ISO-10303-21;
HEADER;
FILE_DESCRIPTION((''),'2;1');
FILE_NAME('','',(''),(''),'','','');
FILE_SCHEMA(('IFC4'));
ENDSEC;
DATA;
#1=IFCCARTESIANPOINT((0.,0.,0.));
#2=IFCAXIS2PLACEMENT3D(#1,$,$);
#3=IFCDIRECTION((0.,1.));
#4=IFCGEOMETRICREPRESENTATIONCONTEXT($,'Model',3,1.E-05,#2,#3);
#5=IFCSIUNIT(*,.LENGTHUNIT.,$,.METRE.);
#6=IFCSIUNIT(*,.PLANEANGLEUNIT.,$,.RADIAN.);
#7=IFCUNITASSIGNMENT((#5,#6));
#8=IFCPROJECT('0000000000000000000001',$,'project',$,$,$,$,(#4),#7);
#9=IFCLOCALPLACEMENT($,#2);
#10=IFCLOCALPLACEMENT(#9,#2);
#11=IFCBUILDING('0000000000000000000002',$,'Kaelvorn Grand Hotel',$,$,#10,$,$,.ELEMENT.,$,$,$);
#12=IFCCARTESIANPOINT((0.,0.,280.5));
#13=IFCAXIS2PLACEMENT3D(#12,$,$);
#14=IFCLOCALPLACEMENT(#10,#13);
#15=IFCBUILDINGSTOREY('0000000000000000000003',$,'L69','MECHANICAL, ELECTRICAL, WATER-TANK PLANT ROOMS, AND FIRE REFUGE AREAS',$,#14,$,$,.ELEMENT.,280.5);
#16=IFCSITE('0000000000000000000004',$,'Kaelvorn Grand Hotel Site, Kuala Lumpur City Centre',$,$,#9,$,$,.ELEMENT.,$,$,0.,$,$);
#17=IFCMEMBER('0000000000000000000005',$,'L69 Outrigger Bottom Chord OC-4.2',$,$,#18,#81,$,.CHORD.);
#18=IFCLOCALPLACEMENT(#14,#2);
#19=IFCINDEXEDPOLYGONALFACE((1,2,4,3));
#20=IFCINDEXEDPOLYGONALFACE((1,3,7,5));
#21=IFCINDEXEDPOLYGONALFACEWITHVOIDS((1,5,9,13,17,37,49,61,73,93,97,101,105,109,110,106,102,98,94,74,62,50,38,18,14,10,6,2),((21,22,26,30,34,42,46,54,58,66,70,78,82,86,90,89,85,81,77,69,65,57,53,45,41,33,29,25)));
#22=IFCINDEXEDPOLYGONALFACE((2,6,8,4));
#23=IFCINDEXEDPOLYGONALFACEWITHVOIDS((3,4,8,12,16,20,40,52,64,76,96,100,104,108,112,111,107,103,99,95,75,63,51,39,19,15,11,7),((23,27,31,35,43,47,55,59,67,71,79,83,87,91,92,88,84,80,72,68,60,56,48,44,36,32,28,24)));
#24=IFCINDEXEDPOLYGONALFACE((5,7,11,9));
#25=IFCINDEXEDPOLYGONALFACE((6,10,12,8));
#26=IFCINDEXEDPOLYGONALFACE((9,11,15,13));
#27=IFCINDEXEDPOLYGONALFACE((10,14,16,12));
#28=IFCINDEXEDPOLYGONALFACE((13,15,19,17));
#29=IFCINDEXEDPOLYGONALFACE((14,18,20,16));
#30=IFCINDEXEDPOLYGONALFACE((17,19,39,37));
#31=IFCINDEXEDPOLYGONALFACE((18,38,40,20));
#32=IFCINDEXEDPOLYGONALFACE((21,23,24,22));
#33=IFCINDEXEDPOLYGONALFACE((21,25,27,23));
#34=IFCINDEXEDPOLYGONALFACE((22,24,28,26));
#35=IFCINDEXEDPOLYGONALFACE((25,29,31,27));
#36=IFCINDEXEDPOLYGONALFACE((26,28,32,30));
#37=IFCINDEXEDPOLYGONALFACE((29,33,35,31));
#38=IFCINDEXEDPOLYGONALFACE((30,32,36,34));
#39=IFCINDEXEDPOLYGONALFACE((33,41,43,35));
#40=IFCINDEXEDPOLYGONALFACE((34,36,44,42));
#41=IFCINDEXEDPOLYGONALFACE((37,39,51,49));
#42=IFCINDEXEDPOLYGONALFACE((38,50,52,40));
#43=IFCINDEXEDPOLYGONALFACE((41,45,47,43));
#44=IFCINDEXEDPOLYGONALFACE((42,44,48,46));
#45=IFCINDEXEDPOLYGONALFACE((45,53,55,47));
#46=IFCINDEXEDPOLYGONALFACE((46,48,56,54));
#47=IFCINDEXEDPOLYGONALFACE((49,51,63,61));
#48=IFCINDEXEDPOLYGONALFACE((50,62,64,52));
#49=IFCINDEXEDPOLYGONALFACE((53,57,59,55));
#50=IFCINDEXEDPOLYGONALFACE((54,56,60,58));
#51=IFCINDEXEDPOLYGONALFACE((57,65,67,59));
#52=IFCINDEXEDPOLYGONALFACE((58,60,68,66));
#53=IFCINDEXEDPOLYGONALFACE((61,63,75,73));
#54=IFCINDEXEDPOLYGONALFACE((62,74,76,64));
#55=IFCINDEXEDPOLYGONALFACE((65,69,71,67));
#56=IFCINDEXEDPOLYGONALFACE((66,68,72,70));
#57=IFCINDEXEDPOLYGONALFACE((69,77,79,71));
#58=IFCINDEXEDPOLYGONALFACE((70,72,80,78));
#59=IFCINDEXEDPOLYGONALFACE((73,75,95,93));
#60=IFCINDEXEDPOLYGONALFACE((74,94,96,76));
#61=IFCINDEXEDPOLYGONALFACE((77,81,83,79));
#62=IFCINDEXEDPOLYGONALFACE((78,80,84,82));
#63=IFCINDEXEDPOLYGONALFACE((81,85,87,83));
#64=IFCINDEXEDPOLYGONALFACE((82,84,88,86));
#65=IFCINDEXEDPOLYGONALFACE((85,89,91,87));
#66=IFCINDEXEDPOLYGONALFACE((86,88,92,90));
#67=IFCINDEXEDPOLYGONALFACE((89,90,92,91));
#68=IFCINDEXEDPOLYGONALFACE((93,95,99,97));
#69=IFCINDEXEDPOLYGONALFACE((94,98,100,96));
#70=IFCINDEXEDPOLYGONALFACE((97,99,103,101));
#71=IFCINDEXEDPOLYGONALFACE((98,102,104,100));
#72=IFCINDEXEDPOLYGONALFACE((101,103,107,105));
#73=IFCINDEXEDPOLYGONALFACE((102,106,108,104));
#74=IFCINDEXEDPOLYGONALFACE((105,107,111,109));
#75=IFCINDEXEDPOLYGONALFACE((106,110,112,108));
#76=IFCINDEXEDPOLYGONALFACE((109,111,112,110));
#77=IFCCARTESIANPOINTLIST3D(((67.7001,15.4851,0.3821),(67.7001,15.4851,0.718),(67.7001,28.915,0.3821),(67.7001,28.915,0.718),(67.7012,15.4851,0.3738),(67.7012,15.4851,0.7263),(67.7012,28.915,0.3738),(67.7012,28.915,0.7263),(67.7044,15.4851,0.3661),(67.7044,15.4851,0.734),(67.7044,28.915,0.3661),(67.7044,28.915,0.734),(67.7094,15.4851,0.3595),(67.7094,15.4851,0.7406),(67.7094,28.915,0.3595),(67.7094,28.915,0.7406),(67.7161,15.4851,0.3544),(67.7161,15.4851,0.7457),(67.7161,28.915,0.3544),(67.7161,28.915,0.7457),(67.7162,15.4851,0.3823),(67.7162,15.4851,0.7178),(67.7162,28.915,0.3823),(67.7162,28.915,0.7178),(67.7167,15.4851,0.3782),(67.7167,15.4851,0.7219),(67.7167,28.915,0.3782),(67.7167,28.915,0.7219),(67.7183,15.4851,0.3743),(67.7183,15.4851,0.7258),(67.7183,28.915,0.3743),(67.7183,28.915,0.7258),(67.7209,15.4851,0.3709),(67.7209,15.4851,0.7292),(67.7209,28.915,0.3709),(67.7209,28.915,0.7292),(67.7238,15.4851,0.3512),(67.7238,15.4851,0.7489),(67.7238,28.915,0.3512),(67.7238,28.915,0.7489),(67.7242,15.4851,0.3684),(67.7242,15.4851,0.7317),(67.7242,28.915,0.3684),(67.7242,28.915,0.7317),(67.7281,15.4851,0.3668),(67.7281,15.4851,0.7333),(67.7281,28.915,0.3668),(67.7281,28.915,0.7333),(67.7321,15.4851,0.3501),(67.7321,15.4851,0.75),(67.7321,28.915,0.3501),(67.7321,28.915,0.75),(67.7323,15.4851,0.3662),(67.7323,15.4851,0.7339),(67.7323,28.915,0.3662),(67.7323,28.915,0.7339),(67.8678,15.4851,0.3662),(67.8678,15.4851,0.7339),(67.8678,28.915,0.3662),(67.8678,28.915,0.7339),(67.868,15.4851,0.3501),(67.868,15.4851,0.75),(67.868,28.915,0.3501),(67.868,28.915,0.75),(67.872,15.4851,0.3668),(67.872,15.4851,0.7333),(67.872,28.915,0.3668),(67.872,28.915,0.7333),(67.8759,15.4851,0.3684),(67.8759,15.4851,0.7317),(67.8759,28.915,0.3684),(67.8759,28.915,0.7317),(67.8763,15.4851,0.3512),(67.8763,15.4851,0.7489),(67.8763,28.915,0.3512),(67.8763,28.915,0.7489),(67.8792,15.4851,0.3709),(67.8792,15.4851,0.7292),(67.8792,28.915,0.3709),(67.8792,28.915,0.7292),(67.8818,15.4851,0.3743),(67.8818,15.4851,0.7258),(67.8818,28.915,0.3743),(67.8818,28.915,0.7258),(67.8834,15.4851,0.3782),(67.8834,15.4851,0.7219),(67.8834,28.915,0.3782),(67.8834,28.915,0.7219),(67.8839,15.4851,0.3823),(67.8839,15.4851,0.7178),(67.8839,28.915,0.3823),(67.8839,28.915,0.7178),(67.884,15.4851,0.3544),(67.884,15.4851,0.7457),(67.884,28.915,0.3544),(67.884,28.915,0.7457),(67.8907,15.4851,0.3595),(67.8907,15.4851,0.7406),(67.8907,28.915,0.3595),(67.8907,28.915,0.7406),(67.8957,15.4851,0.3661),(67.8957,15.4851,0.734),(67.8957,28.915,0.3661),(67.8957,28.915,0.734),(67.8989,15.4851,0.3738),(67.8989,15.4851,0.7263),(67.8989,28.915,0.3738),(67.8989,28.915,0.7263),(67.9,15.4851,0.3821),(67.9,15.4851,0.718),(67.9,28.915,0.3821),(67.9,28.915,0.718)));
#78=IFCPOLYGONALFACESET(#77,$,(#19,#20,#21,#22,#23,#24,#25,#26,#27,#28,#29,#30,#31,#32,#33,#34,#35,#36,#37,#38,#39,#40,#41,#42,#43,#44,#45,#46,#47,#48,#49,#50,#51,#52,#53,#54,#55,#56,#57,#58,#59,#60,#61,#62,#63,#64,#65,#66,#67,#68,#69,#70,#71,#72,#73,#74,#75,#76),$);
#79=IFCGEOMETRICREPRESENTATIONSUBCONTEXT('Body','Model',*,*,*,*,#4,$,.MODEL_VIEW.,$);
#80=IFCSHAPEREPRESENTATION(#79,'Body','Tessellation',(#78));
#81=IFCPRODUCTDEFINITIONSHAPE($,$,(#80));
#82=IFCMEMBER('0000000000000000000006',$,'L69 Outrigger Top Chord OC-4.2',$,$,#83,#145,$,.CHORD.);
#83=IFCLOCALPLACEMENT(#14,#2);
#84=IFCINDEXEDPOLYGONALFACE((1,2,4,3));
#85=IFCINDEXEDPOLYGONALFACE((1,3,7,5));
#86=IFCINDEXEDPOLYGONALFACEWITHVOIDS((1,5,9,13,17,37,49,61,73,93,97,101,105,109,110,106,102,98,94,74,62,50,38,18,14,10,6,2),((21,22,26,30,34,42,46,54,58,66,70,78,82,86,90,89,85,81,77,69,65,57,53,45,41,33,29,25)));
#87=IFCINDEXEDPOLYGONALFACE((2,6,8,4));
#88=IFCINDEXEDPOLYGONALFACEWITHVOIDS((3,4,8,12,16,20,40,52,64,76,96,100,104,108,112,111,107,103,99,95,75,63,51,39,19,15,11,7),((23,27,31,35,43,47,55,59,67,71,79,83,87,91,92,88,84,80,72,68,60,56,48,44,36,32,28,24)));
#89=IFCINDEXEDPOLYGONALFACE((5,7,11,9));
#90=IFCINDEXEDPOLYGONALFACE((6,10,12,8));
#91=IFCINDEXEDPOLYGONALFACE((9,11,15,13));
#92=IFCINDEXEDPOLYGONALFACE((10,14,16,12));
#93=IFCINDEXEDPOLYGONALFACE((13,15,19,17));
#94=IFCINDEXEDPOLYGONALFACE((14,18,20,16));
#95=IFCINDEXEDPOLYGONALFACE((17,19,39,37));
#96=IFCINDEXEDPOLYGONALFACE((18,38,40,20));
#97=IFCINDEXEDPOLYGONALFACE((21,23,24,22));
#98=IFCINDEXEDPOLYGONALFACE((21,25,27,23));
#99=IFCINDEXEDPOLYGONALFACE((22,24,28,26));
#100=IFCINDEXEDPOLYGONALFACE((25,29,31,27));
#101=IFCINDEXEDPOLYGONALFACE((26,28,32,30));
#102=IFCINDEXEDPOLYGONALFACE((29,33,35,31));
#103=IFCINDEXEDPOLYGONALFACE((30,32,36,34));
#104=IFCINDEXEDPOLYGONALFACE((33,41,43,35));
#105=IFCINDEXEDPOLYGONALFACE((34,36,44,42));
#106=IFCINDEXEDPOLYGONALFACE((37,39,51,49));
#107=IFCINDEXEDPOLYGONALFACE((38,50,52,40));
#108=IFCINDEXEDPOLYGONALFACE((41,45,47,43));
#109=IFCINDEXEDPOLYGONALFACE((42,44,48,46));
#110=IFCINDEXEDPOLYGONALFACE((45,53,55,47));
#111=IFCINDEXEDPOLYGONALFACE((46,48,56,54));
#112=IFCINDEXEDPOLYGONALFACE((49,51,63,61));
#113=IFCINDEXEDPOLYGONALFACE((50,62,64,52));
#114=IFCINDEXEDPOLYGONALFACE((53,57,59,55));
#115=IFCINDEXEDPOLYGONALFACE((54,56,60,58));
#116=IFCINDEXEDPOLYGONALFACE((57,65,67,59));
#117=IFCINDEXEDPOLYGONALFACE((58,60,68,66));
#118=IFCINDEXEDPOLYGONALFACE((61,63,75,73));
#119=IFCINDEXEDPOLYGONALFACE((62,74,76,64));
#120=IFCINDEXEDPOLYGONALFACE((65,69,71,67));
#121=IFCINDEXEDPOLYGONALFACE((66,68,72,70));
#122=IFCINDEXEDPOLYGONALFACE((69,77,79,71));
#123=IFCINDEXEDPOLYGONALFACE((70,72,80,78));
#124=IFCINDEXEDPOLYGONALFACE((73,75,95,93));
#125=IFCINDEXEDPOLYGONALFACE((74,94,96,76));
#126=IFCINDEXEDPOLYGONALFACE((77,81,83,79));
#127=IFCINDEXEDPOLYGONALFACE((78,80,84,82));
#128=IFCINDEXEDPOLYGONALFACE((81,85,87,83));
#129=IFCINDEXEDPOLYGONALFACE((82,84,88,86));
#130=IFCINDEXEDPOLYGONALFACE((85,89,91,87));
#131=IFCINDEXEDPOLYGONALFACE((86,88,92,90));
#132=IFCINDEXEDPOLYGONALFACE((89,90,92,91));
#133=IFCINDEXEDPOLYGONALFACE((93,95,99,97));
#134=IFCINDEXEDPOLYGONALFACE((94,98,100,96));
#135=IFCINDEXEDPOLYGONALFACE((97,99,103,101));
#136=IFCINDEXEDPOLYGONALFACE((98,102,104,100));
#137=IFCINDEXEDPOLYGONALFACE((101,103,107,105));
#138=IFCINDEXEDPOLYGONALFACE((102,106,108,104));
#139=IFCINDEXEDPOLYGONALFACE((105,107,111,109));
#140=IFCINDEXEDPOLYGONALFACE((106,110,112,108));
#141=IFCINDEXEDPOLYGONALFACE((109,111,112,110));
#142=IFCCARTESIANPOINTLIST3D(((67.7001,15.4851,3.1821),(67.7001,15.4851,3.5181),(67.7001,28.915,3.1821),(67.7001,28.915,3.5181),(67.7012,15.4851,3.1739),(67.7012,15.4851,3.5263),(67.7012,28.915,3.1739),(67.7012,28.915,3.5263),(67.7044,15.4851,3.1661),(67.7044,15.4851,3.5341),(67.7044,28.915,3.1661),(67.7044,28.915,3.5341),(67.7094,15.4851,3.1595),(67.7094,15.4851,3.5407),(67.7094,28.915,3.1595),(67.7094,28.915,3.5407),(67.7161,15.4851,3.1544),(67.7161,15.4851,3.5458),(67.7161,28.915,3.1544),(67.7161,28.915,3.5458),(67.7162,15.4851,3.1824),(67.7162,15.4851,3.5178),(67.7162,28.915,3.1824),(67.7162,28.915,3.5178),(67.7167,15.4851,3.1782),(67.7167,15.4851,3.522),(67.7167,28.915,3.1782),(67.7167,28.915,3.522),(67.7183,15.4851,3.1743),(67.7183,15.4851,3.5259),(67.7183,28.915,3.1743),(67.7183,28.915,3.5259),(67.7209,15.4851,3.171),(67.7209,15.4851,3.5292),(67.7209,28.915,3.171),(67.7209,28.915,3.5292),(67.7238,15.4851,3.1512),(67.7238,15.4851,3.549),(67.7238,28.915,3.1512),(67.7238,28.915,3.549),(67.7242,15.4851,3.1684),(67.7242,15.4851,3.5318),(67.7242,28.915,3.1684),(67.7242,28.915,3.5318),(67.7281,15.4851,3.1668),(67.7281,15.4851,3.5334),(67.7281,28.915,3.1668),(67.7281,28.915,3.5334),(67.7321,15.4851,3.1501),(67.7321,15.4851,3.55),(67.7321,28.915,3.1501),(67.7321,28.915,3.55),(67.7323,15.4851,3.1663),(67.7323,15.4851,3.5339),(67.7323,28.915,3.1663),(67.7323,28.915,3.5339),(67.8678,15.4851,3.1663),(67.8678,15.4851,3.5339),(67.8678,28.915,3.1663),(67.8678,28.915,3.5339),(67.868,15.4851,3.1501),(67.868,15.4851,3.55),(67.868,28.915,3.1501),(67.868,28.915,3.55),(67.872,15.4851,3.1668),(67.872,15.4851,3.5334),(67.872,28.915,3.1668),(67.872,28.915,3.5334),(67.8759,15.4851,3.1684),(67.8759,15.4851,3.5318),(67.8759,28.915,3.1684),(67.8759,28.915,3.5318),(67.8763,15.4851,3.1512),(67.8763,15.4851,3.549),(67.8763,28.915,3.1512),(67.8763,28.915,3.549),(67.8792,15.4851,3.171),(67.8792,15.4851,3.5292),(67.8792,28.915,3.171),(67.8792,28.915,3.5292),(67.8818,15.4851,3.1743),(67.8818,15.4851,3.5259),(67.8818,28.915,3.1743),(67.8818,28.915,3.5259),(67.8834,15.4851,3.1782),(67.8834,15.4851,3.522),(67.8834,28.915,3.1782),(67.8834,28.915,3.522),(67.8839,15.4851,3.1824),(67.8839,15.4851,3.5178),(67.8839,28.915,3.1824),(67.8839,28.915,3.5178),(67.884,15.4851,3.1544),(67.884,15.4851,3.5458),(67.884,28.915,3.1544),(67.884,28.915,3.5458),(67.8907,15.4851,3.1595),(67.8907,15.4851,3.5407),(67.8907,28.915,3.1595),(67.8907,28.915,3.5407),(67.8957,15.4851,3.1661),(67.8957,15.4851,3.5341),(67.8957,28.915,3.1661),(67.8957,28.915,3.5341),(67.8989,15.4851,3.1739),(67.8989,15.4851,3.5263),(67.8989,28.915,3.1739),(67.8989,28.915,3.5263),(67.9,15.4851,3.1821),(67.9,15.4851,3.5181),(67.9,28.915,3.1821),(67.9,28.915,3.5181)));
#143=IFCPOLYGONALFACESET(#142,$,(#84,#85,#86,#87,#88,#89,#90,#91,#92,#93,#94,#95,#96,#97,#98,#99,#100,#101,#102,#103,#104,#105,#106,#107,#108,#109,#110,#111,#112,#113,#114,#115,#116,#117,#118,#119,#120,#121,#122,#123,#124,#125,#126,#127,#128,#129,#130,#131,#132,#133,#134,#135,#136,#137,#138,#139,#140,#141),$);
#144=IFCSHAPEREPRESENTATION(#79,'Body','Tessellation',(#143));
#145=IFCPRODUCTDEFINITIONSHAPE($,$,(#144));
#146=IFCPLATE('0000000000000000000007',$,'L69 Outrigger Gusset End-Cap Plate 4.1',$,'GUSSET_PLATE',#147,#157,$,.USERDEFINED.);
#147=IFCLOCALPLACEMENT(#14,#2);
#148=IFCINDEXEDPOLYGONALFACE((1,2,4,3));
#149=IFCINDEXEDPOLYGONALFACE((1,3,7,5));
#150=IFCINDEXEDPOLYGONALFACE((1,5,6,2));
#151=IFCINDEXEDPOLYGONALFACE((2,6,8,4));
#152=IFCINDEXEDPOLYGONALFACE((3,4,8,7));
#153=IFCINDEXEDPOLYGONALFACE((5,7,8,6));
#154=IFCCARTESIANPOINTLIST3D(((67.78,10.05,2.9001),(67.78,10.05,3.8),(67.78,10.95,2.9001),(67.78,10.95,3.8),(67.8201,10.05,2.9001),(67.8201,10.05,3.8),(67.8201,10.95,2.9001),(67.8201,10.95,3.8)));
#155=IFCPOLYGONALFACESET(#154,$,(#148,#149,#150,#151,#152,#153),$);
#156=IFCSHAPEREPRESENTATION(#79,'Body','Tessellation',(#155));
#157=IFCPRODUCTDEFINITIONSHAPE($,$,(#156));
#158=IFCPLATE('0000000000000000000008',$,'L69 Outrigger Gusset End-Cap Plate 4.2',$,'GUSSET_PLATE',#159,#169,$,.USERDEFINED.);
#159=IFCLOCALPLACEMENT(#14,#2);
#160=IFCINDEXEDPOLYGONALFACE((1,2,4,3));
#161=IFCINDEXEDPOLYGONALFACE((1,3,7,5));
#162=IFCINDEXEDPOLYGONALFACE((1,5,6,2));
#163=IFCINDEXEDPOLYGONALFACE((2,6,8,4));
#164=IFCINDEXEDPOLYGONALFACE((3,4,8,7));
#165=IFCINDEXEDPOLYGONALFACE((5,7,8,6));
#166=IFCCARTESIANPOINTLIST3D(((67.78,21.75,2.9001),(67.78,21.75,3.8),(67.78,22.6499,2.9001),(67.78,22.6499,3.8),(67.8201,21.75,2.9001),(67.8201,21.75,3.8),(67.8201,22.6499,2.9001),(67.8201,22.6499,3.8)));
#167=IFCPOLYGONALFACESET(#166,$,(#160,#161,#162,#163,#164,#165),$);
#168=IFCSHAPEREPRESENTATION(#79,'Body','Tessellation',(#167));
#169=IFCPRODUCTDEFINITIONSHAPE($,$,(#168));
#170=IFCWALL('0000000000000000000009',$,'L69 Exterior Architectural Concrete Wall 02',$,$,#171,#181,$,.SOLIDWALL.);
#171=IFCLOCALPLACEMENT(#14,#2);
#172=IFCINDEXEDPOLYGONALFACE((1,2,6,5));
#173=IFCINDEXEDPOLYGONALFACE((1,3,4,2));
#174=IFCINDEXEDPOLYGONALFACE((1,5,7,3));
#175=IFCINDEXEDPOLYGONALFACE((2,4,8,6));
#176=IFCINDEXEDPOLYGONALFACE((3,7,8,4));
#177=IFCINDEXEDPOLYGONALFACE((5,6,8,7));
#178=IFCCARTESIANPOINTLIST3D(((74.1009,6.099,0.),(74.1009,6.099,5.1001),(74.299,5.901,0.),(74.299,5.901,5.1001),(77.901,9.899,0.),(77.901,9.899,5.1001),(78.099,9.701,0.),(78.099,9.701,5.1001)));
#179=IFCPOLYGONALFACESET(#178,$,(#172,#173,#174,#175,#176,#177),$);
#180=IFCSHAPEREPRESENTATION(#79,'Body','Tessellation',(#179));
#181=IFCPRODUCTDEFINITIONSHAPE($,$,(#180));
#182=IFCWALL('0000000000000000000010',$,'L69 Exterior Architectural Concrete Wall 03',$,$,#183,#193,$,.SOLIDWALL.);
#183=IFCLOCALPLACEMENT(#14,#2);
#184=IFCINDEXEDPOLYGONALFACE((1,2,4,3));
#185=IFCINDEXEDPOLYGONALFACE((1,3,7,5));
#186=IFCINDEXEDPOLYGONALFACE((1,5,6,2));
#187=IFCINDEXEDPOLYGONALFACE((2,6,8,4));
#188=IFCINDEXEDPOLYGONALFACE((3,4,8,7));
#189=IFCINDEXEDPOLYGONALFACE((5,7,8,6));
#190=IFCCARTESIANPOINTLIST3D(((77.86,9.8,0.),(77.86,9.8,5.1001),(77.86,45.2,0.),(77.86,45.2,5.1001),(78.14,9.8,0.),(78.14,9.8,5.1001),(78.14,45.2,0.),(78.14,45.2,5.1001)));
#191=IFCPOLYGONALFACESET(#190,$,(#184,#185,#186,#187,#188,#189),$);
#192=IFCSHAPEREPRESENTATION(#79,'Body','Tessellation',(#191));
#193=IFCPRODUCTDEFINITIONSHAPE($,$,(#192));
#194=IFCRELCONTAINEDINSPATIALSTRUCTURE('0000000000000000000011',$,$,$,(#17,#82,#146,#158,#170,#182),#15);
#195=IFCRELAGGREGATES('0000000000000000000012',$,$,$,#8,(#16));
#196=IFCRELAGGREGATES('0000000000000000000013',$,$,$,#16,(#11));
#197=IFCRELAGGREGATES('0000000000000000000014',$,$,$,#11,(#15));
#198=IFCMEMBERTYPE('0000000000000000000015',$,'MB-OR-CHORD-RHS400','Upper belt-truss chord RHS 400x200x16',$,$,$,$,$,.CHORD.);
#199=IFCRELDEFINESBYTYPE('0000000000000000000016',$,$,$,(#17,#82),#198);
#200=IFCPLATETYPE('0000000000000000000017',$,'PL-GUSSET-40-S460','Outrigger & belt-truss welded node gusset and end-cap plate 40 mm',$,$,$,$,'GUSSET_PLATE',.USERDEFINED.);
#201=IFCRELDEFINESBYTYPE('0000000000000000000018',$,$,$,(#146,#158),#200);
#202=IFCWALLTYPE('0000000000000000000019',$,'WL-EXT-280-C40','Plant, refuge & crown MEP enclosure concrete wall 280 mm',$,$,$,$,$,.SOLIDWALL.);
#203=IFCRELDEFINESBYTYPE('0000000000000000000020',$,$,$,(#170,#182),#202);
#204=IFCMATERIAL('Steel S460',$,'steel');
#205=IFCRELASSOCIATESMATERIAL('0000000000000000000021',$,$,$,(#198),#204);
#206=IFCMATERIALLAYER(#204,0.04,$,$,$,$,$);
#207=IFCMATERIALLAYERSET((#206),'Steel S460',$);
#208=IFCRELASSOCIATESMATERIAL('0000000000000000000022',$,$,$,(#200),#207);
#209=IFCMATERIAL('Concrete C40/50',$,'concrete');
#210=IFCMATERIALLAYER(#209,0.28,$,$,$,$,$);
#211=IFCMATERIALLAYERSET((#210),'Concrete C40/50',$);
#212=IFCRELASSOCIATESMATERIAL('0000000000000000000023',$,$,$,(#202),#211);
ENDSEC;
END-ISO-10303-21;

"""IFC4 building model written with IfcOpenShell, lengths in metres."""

from ifc_helpers import new_model, si_unit, direction, frame, frame_2d, origin, origin_2d, place, context, subcontext, project, spatial, rectangle, hollow_rectangle, extrude, material, layer, layer_set, material_profile, profile_set, type_object, element, save


model = new_model("IFC4")

# Units and contexts
model_context = context("Model", 3, precision=1e-05, world=origin(), true_north=direction((0.0, 1.0)))
body_context = subcontext(model_context, "Body", "Model", "MODEL_VIEW")
ifc_project = project(units=[si_unit("LENGTHUNIT", "METRE"), si_unit("PLANEANGLEUNIT", "RADIAN")], contexts=[model_context])

# Site, building, storey
site_placement = place(None, origin())
site = spatial("IfcSite", under=ifc_project, at=site_placement, Name="Kaelvorn Grand Hotel Site, Kuala Lumpur City Centre", CompositionType="ELEMENT", RefElevation=0.0)
building_placement = place(site_placement, origin())
building = spatial("IfcBuilding", under=site, at=building_placement, Name="Kaelvorn Grand Hotel", CompositionType="ELEMENT")
storey_placement = place(building_placement, frame((0.0, 0.0, 280.5)))
storey = spatial("IfcBuildingStorey", under=building, at=storey_placement, Name="L69", Description="MECHANICAL, ELECTRICAL, WATER-TANK PLANT ROOMS, AND FIRE REFUGE AREAS", CompositionType="ELEMENT", Elevation=280.5)

# Shared definitions
ifc_material_1 = material(Name="Steel S460", Category="steel")

# Members
ifc_material_profile_1 = material_profile(ifc_material_1, hollow_rectangle(XDim=0.2, YDim=0.3999, WallThickness=0.0161, InnerFilletRadius=0.0161, OuterFilletRadius=0.032, at=origin_2d()), Name="RHS 400x200x16.0")
ifc_profile_set_1 = profile_set([ifc_material_profile_1], Name="Steel S460")
member_type_1 = type_object("IfcMemberType", Name="MB-OR-CHORD-RHS400", Description="Upper belt-truss chord RHS 400x200x16", PredefinedType="CHORD", material=ifc_profile_set_1)
for number, where, z_axis, x_axis, name in (
    (1, (67.8, 15.4851, 0.55), (0.0, 1.0, 0.0), (-1.0, 0.0, 0.0), "L69 Outrigger Bottom Chord OC-4.2"),
    (2, (67.8, 15.4851, 3.3501), (0.0, 1.0, 0.0), (-1.0, 0.0, 0.0), "L69 Outrigger Top Chord OC-4.2"),
):
    element("IfcMember", number, at=place(storey_placement, frame(where, z_axis=z_axis, x_axis=x_axis)), inside=storey, type_object=member_type_1, Name=name, PredefinedType="CHORD", context=body_context, shape_type="SweptSolid", body=[
        extrude(hollow_rectangle(XDim=0.2, YDim=0.3999, WallThickness=0.0161, InnerFilletRadius=0.0161, OuterFilletRadius=0.032, at=origin_2d()), origin(), (0.0, 0.0, 1.0), 13.4299),
    ])

# Plates
ifc_layer_1 = layer(ifc_material_1, 0.04)
ifc_layer_set_1 = layer_set([ifc_layer_1], Name="Steel S460")
plate_type = type_object("IfcPlateType", Name="PL-GUSSET-40-S460", Description="Outrigger & belt-truss welded node gusset and end-cap plate 40 mm", ElementType="GUSSET_PLATE", PredefinedType="USERDEFINED", material=ifc_layer_set_1)
for number, where, z_axis, x_axis, name in (
    (3, (67.8, 10.5, 2.9001), (0.0, 0.0, 1.0), (1.0, 0.0, 0.0), "L69 Outrigger Gusset End-Cap Plate 4.1"),
    (4, (67.8, 22.2, 2.9001), (0.0, 0.0, 1.0), (1.0, 0.0, 0.0), "L69 Outrigger Gusset End-Cap Plate 4.2"),
):
    element("IfcPlate", number, at=place(storey_placement, frame(where, z_axis=z_axis, x_axis=x_axis)), inside=storey, type_object=plate_type, Name=name, ObjectType="GUSSET_PLATE", PredefinedType="USERDEFINED", context=body_context, shape_type="SweptSolid", body=[
        extrude(rectangle(XDim=0.04, YDim=0.8999, at=origin_2d()), origin(), (0.0, 0.0, 1.0), 0.8999),
    ])

# Walls
ifc_material_2 = material(Name="Concrete C40/50", Category="concrete")
ifc_layer_2 = layer(ifc_material_2, 0.28)
ifc_layer_set_2 = layer_set([ifc_layer_2], Name="Concrete C40/50")
wall_type = type_object("IfcWallType", Name="WL-EXT-280-C40", Description="Plant, refuge & crown MEP enclosure concrete wall 280 mm", PredefinedType="SOLIDWALL", material=ifc_layer_set_2)
wall_1_placement = place(storey_placement, frame((74.2, 6.0, 0.0), z_axis=(0.0, 0.0, 1.0), x_axis=(0.707107, 0.707107, 0.0)))
element("IfcWall", 5, at=wall_1_placement, inside=storey, type_object=wall_type, Name="L69 Exterior Architectural Concrete Wall 02", PredefinedType="SOLIDWALL", context=body_context, shape_type="SweptSolid", body=[
    extrude(rectangle(XDim=5.374, YDim=0.28, at=frame_2d((2.687, 0.0))), origin(), (0.0, 0.0, 1.0), 5.1001),
])
wall_2_placement = place(storey_placement, frame((78.0, 9.8, 0.0), z_axis=(0.0, 0.0, 1.0), x_axis=(0.0, 1.0, 0.0)))
element("IfcWall", 6, at=wall_2_placement, inside=storey, type_object=wall_type, Name="L69 Exterior Architectural Concrete Wall 03", PredefinedType="SOLIDWALL", context=body_context, shape_type="SweptSolid", body=[
    extrude(rectangle(XDim=35.3999, YDim=0.28, at=frame_2d((17.7, 0.0))), origin(), (0.0, 0.0, 1.0), 5.1001),
])

save(model, "model.ifc")
